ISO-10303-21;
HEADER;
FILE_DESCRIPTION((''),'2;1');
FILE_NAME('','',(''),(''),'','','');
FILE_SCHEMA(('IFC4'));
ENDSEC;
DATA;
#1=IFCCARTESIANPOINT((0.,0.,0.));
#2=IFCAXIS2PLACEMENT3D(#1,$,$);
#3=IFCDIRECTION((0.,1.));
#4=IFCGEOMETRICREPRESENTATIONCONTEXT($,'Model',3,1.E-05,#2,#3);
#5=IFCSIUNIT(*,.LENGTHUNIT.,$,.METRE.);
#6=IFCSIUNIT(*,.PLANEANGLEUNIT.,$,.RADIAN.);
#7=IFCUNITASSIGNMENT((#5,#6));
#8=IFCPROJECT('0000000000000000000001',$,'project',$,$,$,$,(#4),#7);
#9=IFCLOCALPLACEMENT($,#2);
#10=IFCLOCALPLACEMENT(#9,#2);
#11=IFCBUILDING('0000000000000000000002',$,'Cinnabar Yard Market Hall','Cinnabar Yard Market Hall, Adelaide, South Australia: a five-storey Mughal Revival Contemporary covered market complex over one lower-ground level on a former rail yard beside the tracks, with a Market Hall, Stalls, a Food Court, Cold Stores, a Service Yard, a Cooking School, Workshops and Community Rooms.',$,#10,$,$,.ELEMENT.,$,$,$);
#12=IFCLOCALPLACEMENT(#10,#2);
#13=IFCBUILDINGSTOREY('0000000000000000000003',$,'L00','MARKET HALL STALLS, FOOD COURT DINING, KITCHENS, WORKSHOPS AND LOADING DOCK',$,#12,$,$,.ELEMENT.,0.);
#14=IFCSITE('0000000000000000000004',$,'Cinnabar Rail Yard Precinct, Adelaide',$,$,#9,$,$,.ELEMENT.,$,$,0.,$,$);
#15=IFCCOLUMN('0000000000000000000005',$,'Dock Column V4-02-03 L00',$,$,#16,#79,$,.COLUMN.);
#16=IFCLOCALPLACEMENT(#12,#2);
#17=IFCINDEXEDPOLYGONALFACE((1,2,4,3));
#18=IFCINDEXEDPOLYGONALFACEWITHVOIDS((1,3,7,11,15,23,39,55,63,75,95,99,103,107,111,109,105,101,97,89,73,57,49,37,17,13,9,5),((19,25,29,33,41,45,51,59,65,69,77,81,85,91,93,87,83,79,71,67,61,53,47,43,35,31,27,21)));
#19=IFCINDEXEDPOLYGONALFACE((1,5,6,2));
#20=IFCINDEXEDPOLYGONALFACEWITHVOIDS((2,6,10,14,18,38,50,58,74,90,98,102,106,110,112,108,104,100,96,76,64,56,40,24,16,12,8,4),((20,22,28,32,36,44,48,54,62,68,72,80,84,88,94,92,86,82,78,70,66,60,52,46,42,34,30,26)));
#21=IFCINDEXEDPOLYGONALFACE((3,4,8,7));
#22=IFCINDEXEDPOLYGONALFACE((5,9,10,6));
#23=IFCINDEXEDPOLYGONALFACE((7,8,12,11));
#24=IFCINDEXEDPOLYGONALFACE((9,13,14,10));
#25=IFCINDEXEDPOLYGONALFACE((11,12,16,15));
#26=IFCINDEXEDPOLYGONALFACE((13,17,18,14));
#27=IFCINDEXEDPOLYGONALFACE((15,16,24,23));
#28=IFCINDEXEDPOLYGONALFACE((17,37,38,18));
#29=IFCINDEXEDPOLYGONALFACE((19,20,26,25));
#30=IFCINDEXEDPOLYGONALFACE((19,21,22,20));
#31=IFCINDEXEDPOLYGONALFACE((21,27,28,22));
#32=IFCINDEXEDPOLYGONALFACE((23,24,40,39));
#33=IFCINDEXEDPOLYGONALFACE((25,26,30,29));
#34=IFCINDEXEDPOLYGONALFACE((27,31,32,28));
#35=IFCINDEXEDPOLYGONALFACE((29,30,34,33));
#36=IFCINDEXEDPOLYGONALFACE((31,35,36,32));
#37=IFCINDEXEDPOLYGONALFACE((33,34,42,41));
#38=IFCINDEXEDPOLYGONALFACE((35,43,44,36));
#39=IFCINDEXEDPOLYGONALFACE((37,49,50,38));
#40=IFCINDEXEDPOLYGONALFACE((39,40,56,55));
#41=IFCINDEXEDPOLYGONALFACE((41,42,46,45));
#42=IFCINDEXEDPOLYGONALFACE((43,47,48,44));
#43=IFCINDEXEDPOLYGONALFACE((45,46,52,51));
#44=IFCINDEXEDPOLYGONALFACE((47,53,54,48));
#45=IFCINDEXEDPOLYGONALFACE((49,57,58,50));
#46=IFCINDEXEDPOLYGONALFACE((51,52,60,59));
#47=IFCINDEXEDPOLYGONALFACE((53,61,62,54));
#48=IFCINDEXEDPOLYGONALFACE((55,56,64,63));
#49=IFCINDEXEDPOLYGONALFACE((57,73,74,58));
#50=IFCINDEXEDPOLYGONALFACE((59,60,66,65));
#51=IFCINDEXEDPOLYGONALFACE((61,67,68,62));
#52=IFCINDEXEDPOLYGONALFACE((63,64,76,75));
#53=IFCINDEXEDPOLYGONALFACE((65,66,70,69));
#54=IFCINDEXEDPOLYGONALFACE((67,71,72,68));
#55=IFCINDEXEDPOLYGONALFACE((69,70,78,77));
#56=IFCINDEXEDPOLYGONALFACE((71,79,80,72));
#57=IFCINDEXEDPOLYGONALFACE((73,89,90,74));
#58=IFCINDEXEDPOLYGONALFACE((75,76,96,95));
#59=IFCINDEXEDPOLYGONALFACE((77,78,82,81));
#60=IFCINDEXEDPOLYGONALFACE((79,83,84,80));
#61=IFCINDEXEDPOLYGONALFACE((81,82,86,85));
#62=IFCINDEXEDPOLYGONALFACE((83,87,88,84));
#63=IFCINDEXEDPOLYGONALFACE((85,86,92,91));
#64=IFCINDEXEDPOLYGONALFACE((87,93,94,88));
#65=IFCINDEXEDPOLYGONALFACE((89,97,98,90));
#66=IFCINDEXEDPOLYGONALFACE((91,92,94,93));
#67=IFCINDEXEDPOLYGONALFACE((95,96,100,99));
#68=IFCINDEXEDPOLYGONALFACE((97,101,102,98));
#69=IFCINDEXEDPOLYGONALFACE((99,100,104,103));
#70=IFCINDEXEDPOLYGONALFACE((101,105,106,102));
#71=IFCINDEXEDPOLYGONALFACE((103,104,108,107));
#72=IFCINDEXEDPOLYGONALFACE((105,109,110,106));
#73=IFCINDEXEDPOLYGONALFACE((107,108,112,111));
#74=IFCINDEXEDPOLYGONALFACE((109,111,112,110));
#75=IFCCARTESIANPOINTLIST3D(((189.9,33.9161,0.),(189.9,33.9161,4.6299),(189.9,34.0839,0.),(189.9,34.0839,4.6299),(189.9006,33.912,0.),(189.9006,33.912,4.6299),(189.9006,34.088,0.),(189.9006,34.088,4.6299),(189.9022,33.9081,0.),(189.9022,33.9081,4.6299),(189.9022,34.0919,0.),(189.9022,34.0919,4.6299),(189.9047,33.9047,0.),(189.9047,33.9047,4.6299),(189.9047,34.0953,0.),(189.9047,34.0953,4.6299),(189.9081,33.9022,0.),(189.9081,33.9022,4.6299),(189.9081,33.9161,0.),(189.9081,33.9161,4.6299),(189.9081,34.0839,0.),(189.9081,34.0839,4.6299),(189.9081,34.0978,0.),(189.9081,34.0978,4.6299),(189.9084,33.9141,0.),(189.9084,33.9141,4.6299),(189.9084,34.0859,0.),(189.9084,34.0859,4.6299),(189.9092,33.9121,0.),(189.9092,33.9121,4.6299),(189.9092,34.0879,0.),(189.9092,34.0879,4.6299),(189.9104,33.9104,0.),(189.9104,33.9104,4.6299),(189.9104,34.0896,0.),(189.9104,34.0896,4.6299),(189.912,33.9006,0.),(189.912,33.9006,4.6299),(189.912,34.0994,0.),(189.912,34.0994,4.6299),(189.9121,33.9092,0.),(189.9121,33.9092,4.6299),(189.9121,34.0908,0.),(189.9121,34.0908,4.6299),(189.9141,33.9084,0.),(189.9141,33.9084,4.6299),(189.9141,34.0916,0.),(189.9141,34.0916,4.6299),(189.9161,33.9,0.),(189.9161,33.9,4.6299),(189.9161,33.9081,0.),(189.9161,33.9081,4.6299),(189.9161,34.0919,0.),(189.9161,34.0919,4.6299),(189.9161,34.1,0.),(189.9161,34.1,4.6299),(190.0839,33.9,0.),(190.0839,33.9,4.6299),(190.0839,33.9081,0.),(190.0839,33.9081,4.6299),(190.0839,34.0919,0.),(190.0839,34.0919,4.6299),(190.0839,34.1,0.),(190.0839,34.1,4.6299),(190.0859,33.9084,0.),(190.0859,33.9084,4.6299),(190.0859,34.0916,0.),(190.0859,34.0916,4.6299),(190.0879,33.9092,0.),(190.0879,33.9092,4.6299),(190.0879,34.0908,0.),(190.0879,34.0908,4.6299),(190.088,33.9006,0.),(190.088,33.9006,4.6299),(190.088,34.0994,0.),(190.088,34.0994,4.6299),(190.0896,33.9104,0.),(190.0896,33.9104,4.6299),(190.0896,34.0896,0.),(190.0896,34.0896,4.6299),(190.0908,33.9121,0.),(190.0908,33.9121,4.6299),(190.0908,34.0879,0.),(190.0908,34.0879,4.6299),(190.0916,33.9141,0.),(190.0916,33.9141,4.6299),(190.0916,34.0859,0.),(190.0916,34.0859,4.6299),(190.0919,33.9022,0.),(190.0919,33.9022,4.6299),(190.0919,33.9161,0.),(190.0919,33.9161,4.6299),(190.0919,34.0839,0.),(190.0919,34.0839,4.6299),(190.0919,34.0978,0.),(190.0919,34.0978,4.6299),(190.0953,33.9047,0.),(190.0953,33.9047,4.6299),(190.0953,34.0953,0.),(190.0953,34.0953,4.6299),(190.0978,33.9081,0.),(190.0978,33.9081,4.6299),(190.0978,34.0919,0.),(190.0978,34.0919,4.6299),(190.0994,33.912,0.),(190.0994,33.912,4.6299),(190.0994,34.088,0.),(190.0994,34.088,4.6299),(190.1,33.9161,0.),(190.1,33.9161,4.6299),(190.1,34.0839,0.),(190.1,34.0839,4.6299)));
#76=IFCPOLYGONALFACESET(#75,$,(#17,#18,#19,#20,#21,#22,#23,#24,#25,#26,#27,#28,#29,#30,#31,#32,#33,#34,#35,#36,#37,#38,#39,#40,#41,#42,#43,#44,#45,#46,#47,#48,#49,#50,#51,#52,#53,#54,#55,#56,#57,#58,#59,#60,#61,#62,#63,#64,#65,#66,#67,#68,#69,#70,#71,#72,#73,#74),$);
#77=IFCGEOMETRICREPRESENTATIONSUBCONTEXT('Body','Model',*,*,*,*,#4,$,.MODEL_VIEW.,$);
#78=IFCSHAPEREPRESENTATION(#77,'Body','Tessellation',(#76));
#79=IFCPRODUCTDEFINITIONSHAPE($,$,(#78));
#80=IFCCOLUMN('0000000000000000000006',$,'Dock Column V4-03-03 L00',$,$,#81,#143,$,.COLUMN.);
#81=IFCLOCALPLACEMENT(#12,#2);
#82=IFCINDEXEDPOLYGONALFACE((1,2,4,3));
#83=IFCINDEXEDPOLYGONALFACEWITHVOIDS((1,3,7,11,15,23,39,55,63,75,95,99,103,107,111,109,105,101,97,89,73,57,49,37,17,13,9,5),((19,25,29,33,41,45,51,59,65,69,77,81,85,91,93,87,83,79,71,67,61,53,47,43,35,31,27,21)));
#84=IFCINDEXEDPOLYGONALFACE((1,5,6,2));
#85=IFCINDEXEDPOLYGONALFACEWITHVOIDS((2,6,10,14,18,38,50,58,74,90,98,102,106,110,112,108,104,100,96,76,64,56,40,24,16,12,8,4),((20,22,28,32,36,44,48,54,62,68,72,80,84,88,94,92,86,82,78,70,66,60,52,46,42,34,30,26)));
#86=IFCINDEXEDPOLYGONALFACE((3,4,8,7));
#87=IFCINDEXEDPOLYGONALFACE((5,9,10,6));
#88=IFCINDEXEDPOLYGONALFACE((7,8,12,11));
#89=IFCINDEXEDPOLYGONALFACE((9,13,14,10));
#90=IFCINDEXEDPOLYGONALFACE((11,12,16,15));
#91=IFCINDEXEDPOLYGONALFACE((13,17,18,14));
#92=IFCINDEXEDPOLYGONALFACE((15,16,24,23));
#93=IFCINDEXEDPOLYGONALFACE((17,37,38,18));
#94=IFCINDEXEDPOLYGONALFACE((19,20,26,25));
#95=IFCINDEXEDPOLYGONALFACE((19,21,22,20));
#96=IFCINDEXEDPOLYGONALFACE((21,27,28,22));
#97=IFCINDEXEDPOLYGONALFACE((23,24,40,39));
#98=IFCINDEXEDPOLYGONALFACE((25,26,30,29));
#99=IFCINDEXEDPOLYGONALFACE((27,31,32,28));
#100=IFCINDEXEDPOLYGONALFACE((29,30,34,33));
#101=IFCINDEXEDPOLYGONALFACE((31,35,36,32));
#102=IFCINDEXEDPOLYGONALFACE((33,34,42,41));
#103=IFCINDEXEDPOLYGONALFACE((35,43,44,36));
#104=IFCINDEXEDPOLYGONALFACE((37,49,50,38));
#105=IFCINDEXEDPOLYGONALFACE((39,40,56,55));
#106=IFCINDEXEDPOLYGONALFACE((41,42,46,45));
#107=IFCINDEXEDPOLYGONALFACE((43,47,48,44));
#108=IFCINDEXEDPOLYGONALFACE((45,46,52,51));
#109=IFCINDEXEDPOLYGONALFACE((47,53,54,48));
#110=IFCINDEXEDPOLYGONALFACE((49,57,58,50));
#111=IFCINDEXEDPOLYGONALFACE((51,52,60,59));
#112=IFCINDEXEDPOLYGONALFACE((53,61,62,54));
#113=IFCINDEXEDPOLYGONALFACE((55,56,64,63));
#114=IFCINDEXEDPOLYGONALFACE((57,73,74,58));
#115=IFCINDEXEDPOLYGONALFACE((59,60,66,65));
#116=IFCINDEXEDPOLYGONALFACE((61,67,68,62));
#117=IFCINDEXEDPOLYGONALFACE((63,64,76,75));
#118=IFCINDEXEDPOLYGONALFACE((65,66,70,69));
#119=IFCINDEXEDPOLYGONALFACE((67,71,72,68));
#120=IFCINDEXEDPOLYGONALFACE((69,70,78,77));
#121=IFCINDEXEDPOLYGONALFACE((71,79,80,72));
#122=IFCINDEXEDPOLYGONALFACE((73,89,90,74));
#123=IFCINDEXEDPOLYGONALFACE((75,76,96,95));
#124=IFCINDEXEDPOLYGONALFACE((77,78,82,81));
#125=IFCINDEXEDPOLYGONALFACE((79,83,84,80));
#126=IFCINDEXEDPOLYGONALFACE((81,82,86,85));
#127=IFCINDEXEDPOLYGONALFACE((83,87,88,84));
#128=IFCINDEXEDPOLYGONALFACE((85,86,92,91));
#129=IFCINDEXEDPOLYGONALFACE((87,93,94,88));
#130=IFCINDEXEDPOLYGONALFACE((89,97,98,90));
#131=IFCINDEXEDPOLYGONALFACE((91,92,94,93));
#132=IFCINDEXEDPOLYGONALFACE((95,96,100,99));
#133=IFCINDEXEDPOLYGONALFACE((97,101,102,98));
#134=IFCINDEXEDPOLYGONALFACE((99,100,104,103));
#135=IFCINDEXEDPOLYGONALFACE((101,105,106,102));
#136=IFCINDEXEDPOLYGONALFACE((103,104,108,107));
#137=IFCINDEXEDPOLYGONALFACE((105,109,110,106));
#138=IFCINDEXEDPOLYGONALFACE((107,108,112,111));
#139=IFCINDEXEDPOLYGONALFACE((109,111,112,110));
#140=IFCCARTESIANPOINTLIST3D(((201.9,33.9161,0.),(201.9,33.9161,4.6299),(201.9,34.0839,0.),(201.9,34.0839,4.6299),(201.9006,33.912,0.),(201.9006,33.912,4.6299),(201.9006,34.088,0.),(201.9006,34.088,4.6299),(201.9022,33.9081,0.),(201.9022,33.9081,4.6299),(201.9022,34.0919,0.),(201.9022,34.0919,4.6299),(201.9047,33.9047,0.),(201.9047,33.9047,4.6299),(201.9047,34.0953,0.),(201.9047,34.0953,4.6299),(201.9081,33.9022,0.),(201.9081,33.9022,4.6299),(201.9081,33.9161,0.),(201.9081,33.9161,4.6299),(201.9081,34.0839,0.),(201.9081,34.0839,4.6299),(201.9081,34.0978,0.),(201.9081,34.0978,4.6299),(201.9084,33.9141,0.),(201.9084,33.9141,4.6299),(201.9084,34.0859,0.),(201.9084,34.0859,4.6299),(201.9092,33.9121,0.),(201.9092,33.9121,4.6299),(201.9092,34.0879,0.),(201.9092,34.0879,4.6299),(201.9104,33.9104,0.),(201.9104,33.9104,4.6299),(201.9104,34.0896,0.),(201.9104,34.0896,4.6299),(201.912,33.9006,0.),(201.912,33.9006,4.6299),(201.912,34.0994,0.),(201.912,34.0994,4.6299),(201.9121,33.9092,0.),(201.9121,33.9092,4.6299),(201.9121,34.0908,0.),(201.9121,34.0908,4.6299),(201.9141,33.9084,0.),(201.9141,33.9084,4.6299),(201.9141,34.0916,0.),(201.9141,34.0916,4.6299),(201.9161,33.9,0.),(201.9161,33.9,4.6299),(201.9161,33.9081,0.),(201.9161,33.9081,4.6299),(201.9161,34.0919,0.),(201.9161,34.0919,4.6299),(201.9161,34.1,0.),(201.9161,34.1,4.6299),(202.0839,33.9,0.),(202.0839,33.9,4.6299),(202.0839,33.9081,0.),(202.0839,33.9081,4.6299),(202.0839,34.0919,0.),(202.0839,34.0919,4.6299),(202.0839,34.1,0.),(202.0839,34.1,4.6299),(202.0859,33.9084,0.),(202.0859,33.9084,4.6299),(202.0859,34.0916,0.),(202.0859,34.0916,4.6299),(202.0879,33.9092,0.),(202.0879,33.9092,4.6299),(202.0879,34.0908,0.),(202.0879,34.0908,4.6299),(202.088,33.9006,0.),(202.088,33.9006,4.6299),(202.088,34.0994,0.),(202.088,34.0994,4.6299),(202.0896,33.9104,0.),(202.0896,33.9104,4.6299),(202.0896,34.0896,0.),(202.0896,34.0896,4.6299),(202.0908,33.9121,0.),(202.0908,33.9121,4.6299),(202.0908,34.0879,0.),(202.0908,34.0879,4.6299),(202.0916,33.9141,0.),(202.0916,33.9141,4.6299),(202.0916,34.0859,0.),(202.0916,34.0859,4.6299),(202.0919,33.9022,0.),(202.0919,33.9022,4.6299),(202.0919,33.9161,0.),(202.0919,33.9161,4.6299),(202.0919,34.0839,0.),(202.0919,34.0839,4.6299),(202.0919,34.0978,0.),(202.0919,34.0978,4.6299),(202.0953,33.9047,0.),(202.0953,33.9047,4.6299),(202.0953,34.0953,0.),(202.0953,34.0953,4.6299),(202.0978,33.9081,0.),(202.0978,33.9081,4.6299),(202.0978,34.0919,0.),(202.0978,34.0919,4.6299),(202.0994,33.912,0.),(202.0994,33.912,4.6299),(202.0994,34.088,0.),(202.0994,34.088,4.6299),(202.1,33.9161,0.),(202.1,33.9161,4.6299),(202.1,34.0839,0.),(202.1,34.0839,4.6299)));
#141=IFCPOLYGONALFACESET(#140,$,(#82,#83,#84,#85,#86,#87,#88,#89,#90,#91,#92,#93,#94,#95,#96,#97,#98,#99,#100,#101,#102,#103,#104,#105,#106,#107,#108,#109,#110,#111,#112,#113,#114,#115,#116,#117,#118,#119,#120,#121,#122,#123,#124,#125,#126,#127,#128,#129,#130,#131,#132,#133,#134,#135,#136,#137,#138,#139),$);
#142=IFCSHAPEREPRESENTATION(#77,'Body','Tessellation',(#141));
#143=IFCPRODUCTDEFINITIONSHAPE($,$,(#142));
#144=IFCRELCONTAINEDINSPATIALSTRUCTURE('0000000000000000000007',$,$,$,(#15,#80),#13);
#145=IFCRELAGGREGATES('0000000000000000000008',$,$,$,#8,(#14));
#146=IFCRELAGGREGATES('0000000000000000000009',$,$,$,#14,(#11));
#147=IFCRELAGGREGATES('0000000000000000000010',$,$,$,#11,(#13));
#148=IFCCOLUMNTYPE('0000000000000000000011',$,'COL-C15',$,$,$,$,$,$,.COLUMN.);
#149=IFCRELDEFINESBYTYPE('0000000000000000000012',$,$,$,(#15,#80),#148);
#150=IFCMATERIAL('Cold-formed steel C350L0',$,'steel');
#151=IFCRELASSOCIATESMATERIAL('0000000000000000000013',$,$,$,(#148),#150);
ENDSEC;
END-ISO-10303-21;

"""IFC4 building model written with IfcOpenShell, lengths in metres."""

from ifc_helpers import new_model, si_unit, direction, frame, origin, origin_2d_with_axis, place, context, subcontext, project, spatial, hollow_rectangle, extrude, material, material_profile, profile_set, type_object, element, save


model = new_model("IFC4")

# Units and contexts
model_context = context("Model", 3, precision=1e-05, world=origin(), true_north=direction((0.0, 1.0)))
body_context = subcontext(model_context, "Body", "Model", "MODEL_VIEW")
ifc_project = project(units=[si_unit("LENGTHUNIT", "METRE"), si_unit("PLANEANGLEUNIT", "RADIAN")], contexts=[model_context])

# Site, building, storey
site_placement = place(None, origin())
site = spatial("IfcSite", under=ifc_project, at=site_placement, Name="Cinnabar Rail Yard Precinct, Adelaide", CompositionType="ELEMENT", RefElevation=0.0)
building_placement = place(site_placement, origin())
building = spatial("IfcBuilding", under=site, at=building_placement, Name="Cinnabar Yard Market Hall", Description="Cinnabar Yard Market Hall, Adelaide, South Australia: a five-storey Mughal Revival Contemporary covered market complex over one lower-ground level on a former rail yard beside the tracks, with a Market Hall, Stalls, a Food Court, Cold Stores, a Service Yard, a Cooking School, Workshops and Community Rooms.", CompositionType="ELEMENT")
storey_placement = place(building_placement, origin())
storey = spatial("IfcBuildingStorey", under=building, at=storey_placement, Name="L00", Description="MARKET HALL STALLS, FOOD COURT DINING, KITCHENS, WORKSHOPS AND LOADING DOCK", CompositionType="ELEMENT", Elevation=0.0)

# Columns
ifc_material_1 = material(Name="Cold-formed steel C350L0", Category="steel")
ifc_material_profile_1 = material_profile(ifc_material_1, hollow_rectangle(XDim=0.2, YDim=0.2, WallThickness=0.0081, InnerFilletRadius=0.0081, OuterFilletRadius=0.0161, at=origin_2d_with_axis()), Name="200x200x8.0SHS")
ifc_profile_set_1 = profile_set([ifc_material_profile_1], Name="Cold-formed steel C350L0")
column_type_1 = type_object("IfcColumnType", Name="COL-C15", PredefinedType="COLUMN", material=ifc_profile_set_1)
for number, where, z_axis, x_axis, name in (
    (1, (190.0, 34.0, 0.0), (0.0, 0.0, 1.0), (1.0, 0.0, 0.0), "Dock Column V4-02-03 L00"),
    (2, (202.0, 34.0, 0.0), (0.0, 0.0, 1.0), (1.0, 0.0, 0.0), "Dock Column V4-03-03 L00"),
):
    element("IfcColumn", number, at=place(storey_placement, frame(where, z_axis=z_axis, x_axis=x_axis)), inside=storey, type_object=column_type_1, Name=name, PredefinedType="COLUMN", context=body_context, shape_type="SweptSolid", body=[
        extrude(hollow_rectangle(XDim=0.2, YDim=0.2, WallThickness=0.0081, InnerFilletRadius=0.0081, OuterFilletRadius=0.0161, at=origin_2d_with_axis()), origin(), (0.0, 0.0, 1.0), 4.6299),
    ])

save(model, "model.ifc")
